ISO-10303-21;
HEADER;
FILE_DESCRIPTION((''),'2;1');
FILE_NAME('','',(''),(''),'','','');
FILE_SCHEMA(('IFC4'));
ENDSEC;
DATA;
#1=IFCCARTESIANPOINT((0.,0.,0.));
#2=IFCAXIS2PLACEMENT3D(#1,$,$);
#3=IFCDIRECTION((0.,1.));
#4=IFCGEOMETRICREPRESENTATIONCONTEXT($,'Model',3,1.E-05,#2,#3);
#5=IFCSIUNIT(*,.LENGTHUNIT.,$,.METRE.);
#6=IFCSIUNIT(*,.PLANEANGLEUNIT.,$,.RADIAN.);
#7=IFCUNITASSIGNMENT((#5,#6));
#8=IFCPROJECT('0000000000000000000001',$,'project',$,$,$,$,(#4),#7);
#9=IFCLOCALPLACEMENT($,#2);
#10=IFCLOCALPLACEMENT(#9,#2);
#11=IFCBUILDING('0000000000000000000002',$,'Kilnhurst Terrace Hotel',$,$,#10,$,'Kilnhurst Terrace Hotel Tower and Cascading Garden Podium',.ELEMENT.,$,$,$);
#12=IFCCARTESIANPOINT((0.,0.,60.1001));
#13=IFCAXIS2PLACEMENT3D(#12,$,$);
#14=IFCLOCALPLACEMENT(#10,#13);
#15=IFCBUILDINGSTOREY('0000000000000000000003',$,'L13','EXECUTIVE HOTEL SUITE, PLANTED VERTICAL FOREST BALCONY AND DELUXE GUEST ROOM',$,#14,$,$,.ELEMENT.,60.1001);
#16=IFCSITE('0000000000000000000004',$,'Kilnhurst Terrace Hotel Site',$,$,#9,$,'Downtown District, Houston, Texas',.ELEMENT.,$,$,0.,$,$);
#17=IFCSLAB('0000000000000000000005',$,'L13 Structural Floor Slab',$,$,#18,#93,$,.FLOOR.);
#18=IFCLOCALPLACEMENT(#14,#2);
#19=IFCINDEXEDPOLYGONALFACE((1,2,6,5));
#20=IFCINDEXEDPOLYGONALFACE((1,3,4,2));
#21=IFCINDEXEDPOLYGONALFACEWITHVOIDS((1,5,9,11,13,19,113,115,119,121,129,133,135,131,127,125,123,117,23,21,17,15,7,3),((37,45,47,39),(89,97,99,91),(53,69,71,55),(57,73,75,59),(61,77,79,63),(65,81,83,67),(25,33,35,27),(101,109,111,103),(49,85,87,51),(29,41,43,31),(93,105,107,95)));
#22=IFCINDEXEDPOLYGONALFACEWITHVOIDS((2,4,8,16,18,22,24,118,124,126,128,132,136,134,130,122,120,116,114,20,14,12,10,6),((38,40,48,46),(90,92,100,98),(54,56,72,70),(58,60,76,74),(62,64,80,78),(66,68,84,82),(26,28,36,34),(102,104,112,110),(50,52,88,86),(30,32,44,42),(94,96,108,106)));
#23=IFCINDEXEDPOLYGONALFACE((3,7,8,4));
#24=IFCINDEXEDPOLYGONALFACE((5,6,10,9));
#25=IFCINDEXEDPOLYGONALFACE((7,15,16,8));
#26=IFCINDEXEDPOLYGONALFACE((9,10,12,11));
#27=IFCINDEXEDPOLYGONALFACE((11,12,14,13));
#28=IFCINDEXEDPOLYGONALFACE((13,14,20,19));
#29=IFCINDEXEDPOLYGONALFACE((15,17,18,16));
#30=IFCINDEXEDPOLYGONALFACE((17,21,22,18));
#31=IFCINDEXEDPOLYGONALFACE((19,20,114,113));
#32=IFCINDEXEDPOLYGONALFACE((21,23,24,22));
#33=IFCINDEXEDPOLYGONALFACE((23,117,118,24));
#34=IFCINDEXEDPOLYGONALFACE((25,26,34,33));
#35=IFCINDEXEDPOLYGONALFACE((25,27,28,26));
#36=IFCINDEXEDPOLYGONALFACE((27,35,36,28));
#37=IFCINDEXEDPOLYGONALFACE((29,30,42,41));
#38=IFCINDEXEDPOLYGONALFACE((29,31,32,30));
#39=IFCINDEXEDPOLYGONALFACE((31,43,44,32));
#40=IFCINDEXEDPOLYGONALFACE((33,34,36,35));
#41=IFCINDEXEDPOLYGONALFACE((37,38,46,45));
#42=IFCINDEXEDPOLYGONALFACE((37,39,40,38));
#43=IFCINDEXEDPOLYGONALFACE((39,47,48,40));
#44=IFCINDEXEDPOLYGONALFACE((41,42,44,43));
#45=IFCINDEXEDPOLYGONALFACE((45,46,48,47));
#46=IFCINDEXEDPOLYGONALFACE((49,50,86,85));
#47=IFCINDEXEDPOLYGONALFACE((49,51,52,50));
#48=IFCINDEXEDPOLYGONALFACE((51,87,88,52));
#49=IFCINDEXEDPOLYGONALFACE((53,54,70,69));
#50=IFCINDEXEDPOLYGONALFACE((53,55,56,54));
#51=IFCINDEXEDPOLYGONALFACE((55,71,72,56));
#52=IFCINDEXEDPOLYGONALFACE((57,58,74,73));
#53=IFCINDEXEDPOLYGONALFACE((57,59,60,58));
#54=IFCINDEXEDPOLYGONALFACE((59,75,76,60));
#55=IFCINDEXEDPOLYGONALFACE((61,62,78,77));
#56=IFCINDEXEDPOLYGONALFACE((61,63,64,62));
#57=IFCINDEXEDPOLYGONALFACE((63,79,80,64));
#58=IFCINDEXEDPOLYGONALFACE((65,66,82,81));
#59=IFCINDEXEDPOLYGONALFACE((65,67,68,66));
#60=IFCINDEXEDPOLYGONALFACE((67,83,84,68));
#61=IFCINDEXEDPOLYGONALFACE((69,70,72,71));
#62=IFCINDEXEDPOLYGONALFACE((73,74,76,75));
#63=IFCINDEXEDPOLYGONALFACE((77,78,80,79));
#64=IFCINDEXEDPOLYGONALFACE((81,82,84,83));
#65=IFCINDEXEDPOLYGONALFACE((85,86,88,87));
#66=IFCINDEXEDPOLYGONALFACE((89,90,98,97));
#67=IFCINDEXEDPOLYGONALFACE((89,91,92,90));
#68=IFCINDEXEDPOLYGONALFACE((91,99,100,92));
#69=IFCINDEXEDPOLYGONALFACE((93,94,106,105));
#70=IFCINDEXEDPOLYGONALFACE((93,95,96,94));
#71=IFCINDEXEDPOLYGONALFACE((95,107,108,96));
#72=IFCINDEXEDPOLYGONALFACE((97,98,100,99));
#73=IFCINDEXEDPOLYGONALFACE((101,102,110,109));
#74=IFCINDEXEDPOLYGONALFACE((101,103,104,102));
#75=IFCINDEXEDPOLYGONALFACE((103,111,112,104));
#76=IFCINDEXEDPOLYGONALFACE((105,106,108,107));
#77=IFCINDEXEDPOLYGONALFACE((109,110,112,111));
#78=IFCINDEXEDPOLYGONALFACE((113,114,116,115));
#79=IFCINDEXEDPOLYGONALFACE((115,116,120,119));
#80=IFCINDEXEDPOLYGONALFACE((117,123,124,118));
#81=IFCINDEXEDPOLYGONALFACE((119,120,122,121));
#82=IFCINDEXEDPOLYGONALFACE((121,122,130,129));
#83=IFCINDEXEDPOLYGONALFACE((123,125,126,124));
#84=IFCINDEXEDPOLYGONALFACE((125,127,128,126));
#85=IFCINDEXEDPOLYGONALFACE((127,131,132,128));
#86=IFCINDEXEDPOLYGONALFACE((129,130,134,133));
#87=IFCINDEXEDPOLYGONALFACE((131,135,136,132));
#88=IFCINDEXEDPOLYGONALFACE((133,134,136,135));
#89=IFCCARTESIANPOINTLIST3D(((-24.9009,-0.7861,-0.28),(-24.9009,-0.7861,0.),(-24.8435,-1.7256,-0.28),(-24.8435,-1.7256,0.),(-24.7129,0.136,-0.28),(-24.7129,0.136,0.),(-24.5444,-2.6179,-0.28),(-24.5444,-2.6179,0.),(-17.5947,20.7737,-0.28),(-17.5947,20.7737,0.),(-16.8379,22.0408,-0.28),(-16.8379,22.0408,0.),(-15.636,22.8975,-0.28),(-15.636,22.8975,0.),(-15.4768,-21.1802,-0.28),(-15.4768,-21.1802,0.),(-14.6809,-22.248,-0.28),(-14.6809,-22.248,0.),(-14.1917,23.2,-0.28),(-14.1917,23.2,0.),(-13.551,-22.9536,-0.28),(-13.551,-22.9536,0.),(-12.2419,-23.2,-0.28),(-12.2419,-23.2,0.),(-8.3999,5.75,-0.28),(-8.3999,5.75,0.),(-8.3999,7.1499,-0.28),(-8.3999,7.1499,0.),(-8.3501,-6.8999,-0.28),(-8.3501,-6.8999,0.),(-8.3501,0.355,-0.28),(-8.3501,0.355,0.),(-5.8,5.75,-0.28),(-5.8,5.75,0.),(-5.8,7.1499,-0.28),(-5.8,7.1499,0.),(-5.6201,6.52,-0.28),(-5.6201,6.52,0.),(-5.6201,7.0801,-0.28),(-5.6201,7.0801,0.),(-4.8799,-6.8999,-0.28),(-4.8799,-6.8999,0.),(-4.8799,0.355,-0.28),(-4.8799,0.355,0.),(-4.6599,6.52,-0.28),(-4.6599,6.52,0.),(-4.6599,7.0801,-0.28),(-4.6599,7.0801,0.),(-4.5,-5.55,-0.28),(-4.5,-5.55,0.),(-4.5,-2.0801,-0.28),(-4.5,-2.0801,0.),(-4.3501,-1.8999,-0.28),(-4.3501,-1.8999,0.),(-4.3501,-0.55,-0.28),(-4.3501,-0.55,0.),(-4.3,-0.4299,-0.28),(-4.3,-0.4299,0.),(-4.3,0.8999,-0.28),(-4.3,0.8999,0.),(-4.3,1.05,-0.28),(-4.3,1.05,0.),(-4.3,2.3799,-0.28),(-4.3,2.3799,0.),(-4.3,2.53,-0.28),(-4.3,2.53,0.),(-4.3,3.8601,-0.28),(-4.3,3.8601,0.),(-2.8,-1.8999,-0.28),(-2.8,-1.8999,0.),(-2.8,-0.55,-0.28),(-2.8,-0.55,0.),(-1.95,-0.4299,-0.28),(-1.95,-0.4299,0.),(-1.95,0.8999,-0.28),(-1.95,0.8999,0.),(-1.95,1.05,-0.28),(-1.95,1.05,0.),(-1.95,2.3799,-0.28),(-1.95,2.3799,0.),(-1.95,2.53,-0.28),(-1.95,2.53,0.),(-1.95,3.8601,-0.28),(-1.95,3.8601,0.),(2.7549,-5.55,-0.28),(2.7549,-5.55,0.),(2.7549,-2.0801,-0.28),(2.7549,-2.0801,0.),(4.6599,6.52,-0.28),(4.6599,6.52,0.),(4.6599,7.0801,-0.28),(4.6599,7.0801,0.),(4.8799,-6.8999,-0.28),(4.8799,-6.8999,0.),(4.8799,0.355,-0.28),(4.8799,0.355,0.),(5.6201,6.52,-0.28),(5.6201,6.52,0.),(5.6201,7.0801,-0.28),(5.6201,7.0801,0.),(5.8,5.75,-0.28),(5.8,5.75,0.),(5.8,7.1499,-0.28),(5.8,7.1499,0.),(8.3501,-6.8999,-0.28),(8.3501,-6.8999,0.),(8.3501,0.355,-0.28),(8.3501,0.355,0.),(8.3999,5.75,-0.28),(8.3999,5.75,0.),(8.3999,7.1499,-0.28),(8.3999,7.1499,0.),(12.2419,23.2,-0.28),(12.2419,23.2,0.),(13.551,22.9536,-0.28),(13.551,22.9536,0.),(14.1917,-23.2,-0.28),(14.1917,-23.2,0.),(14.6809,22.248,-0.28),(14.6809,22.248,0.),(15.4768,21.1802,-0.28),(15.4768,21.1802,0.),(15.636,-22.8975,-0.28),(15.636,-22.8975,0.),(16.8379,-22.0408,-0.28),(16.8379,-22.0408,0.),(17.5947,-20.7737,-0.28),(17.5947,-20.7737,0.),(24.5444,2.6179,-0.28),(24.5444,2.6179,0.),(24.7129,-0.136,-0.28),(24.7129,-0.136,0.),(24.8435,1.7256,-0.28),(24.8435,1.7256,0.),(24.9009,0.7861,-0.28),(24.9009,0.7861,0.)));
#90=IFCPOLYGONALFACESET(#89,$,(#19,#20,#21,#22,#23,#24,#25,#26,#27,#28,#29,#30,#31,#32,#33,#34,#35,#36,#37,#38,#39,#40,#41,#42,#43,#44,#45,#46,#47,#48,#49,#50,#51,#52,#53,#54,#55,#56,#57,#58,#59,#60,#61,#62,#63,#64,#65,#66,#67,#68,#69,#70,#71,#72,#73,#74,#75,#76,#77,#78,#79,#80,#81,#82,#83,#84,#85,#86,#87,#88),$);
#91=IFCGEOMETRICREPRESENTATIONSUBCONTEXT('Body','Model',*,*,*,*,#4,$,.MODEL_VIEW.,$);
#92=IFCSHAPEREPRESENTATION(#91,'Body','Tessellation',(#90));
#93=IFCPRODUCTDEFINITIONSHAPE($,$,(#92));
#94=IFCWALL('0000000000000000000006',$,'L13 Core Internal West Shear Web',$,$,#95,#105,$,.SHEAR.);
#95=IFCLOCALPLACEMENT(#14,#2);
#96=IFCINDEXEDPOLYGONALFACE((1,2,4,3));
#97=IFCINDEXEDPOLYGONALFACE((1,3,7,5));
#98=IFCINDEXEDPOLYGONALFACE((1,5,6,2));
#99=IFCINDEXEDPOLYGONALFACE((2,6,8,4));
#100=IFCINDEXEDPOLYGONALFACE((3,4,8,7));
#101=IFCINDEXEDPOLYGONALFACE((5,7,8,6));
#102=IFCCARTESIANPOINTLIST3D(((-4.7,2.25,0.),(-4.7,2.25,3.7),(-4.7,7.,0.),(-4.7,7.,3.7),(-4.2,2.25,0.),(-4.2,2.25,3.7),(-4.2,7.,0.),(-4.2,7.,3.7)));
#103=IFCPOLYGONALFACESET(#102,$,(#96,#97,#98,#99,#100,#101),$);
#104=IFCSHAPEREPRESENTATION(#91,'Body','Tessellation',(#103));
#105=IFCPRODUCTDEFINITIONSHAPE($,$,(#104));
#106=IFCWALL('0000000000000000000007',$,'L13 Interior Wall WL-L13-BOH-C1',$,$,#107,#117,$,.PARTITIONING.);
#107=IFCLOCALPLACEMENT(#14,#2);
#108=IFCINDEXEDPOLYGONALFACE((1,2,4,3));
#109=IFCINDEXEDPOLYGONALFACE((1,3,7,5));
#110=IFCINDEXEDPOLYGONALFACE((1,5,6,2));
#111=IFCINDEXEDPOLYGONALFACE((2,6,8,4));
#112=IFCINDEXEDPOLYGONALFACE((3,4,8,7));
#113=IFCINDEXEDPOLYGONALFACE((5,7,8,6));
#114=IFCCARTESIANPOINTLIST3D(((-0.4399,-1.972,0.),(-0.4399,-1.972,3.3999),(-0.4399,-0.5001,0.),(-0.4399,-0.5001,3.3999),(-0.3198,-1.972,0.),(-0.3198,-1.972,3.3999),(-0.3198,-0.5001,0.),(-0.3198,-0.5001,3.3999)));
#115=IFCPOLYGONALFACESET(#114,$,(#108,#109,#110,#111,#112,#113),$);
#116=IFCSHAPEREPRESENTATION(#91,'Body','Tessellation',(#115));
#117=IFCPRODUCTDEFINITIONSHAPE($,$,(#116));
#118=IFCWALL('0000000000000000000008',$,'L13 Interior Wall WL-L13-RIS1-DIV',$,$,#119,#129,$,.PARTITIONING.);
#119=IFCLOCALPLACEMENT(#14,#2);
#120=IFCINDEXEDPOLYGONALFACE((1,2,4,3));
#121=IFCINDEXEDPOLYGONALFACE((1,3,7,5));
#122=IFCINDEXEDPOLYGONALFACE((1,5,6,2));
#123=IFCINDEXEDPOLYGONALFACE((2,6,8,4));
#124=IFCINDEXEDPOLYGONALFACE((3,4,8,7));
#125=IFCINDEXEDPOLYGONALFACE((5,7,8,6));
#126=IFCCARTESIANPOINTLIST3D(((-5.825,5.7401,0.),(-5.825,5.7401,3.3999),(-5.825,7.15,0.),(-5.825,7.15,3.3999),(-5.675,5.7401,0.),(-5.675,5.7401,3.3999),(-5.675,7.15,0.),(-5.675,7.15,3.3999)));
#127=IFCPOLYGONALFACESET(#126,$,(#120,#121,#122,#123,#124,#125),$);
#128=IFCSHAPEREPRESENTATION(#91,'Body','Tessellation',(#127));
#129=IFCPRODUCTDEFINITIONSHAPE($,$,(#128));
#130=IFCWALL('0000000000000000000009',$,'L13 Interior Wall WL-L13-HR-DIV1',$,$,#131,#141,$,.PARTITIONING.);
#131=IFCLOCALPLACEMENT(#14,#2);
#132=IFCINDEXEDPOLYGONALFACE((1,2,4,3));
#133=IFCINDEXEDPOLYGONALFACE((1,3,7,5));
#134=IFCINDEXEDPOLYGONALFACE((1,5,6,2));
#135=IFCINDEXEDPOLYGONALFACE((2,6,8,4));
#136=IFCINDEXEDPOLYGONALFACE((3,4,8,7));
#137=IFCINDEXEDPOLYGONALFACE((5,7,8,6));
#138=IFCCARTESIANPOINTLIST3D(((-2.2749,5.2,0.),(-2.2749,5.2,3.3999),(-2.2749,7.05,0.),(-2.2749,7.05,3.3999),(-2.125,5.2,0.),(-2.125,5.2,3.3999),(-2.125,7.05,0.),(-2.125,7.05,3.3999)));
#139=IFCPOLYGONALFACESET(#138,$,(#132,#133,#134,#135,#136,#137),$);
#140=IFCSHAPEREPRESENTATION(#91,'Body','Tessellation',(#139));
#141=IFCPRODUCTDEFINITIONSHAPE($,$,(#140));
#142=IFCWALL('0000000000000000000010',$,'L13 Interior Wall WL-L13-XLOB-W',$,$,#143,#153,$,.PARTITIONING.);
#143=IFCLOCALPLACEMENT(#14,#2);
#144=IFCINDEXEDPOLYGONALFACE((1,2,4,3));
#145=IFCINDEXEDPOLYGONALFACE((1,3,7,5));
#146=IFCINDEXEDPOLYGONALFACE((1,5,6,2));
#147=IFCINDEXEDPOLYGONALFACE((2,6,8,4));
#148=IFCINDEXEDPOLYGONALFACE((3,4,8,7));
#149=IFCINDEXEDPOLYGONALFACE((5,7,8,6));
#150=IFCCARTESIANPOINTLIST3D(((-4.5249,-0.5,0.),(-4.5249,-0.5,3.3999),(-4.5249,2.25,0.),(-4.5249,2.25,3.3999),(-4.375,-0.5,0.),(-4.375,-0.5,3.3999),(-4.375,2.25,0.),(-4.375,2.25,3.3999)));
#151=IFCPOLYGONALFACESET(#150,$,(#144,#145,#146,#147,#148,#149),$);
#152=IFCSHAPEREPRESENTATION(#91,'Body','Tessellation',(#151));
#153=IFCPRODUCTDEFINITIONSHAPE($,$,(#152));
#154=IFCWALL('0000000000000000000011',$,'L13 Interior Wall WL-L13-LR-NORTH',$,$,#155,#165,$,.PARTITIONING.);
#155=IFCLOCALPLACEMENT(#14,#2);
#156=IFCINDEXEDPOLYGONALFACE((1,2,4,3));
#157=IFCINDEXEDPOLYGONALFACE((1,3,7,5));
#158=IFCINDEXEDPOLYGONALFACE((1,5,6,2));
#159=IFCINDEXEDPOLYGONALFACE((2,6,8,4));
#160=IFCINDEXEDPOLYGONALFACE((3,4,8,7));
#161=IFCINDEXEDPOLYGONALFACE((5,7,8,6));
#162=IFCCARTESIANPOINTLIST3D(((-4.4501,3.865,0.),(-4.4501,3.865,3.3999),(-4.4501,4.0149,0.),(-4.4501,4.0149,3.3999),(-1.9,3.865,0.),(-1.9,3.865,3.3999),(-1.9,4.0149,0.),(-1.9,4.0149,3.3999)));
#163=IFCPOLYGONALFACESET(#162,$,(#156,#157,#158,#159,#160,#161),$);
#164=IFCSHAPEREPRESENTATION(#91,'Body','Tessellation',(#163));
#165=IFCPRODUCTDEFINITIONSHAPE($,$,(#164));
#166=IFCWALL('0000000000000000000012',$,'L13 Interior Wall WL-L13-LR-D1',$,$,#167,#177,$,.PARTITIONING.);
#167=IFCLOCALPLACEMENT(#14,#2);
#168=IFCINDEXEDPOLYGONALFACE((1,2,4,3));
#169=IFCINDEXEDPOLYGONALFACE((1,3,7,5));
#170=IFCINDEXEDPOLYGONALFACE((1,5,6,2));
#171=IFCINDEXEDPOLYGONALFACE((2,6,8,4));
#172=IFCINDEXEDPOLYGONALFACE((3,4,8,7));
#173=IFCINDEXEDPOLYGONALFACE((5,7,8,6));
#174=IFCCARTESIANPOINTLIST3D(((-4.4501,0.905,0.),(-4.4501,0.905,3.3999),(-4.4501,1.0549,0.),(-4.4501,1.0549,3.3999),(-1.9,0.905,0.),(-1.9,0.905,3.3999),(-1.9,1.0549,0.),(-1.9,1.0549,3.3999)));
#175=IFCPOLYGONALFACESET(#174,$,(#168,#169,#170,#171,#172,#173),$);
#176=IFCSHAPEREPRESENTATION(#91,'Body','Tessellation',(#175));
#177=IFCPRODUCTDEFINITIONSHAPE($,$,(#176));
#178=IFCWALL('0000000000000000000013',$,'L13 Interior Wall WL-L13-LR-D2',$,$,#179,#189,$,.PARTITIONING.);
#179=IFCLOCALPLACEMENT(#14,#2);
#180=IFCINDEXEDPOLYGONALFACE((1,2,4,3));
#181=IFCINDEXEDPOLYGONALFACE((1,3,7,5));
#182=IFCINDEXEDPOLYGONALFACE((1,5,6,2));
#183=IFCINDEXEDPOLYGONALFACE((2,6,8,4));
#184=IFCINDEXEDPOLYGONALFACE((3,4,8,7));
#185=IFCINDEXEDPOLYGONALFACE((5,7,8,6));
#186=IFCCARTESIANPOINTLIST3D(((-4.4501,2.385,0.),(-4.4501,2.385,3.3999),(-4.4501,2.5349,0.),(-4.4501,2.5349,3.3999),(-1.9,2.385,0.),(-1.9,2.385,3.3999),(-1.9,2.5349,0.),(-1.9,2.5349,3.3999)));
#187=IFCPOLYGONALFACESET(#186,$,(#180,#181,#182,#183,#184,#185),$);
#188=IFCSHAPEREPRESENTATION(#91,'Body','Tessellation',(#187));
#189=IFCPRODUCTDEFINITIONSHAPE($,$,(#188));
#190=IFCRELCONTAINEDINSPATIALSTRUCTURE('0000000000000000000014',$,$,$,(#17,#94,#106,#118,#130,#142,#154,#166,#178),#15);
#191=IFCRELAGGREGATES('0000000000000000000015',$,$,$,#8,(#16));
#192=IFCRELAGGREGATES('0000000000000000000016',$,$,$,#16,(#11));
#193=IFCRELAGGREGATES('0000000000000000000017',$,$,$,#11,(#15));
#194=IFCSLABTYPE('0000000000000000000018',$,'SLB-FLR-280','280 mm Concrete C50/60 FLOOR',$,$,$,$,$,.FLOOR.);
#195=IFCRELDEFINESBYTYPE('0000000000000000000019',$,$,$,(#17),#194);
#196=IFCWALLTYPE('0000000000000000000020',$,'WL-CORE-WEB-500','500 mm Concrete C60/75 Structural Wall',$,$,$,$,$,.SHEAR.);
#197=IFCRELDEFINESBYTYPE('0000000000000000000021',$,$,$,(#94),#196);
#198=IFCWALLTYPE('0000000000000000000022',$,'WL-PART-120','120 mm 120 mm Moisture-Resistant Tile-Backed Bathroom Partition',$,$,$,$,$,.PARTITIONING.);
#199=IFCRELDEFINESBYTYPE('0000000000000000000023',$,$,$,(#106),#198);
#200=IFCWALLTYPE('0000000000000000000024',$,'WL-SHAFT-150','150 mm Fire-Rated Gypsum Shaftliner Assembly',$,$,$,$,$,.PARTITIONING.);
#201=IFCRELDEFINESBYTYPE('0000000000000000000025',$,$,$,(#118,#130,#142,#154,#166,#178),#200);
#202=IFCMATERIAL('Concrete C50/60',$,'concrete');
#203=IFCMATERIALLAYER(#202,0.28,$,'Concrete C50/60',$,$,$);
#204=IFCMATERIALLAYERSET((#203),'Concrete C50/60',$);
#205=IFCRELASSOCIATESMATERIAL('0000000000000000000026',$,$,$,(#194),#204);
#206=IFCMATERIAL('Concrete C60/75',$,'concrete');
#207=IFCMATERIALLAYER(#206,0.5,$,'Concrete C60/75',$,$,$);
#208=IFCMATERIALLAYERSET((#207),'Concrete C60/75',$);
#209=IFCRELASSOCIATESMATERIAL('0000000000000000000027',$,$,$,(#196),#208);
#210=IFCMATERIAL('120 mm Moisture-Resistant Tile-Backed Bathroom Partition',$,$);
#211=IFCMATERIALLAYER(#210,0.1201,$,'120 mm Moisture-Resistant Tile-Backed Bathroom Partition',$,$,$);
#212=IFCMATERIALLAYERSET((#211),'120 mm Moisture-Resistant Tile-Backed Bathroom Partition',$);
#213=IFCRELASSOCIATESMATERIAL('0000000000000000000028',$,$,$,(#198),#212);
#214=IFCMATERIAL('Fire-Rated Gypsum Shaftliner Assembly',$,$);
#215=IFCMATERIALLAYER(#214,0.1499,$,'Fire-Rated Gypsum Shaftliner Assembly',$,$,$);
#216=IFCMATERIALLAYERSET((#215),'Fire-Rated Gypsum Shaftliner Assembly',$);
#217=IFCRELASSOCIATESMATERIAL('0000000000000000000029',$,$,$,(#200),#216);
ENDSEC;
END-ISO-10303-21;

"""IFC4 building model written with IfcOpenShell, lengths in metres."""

from ifc_helpers import new_model, si_unit, direction, frame, frame_2d, origin, place, context, subcontext, project, spatial, polyline, rectangle, outline, extrude, material, layer, layer_set, type_object, element, save


model = new_model("IFC4")

# Units and contexts
model_context = context("Model", 3, precision=1e-05, world=origin(), true_north=direction((0.0, 1.0)))
body_context = subcontext(model_context, "Body", "Model", "MODEL_VIEW")
ifc_project = project(units=[si_unit("LENGTHUNIT", "METRE"), si_unit("PLANEANGLEUNIT", "RADIAN")], contexts=[model_context])

# Site, building, storey
site_placement = place(None, origin())
site = spatial("IfcSite", under=ifc_project, at=site_placement, Name="Kilnhurst Terrace Hotel Site", LongName="Downtown District, Houston, Texas", CompositionType="ELEMENT", RefElevation=0.0)
building_placement = place(site_placement, origin())
building = spatial("IfcBuilding", under=site, at=building_placement, Name="Kilnhurst Terrace Hotel", LongName="Kilnhurst Terrace Hotel Tower and Cascading Garden Podium", CompositionType="ELEMENT")
storey_placement = place(building_placement, frame((0.0, 0.0, 60.1001)))
storey = spatial("IfcBuildingStorey", under=building, at=storey_placement, Name="L13", Description="EXECUTIVE HOTEL SUITE, PLANTED VERTICAL FOREST BALCONY AND DELUXE GUEST ROOM", CompositionType="ELEMENT", Elevation=60.1001)

# Slab
ifc_material_1 = material(Name="Concrete C50/60", Category="concrete")
ifc_layer_1 = layer(ifc_material_1, 0.28, Name="Concrete C50/60")
ifc_layer_set_1 = layer_set([ifc_layer_1], Name="Concrete C50/60")
slab_type = type_object("IfcSlabType", Name="SLB-FLR-280", Description="280 mm Concrete C50/60 FLOOR", PredefinedType="FLOOR", material=ifc_layer_set_1)
slab_placement = place(storey_placement, frame((0.0, 0.0, -0.28)))
element("IfcSlab", 1, at=slab_placement, inside=storey, type_object=slab_type, Name="L13 Structural Floor Slab", PredefinedType="FLOOR", context=body_context, shape_type="SweptSolid", body=[
    extrude(outline(polyline([(-15.4768, -21.1802), (-14.6809, -22.248), (-13.551, -22.9536), (-12.2419, -23.2), (14.1917, -23.2), (15.636, -22.8975), (16.8379, -22.0408), (17.5947, -20.7737), (24.7129, -0.136), (24.9009, 0.7861), (24.8435, 1.7256), (24.5444, 2.6179), (15.4768, 21.1802), (14.6809, 22.248), (13.551, 22.9536), (12.2419, 23.2), (-14.1917, 23.2), (-15.636, 22.8975), (-16.8379, 22.0408), (-17.5947, 20.7737), (-24.7129, 0.136), (-24.9009, -0.7861), (-24.8435, -1.7256), (-24.5444, -2.6179), (-15.4768, -21.1802)]), holes=[polyline([(-8.3501, 0.355), (-4.8799, 0.355), (-4.8799, -6.8999), (-8.3501, -6.8999), (-8.3501, 0.355)]), polyline([(-2.8, -1.8999), (-4.3501, -1.8999), (-4.3501, -0.55), (-2.8, -0.55), (-2.8, -1.8999)]), polyline([(-1.95, -0.4299), (-4.3, -0.4299), (-4.3, 0.8999), (-1.95, 0.8999), (-1.95, -0.4299)]), polyline([(-4.3, 1.05), (-4.3, 2.3799), (-1.95, 2.3799), (-1.95, 1.05), (-4.3, 1.05)]), polyline([(-8.3999, 5.75), (-8.3999, 7.1499), (-5.8, 7.1499), (-5.8, 5.75), (-8.3999, 5.75)]), polyline([(-4.6599, 6.52), (-5.6201, 6.52), (-5.6201, 7.0801), (-4.6599, 7.0801), (-4.6599, 6.52)]), polyline([(2.7549, -5.55), (-4.5, -5.55), (-4.5, -2.0801), (2.7549, -2.0801), (2.7549, -5.55)]), polyline([(8.3501, 0.355), (8.3501, -6.8999), (4.8799, -6.8999), (4.8799, 0.355), (8.3501, 0.355)]), polyline([(-1.95, 2.53), (-4.3, 2.53), (-4.3, 3.8601), (-1.95, 3.8601), (-1.95, 2.53)]), polyline([(5.8, 5.75), (5.8, 7.1499), (8.3999, 7.1499), (8.3999, 5.75), (5.8, 5.75)]), polyline([(4.6599, 6.52), (4.6599, 7.0801), (5.6201, 7.0801), (5.6201, 6.52), (4.6599, 6.52)])]), origin(), (0.0, 0.0, 1.0), 0.28),
])

# Walls
ifc_material_2 = material(Name="Concrete C60/75", Category="concrete")
ifc_layer_2 = layer(ifc_material_2, 0.5, Name="Concrete C60/75")
ifc_layer_set_2 = layer_set([ifc_layer_2], Name="Concrete C60/75")
wall_type_1 = type_object("IfcWallType", Name="WL-CORE-WEB-500", Description="500 mm Concrete C60/75 Structural Wall", PredefinedType="SHEAR", material=ifc_layer_set_2)
wall_1_placement = place(storey_placement, frame((-4.45, 2.25, 0.0), z_axis=(0.0, 0.0, 1.0), x_axis=(0.0, 1.0, 0.0)))
element("IfcWall", 2, at=wall_1_placement, inside=storey, type_object=wall_type_1, Name="L13 Core Internal West Shear Web", PredefinedType="SHEAR", context=body_context, shape_type="SweptSolid", body=[
    extrude(rectangle(XDim=4.75, YDim=0.5, at=frame_2d((2.375, 0.0))), origin(), (0.0, 0.0, 1.0), 3.7),
])
ifc_material_3 = material(Name="120 mm Moisture-Resistant Tile-Backed Bathroom Partition")
ifc_layer_3 = layer(ifc_material_3, 0.1201, Name="120 mm Moisture-Resistant Tile-Backed Bathroom Partition")
ifc_layer_set_3 = layer_set([ifc_layer_3], Name="120 mm Moisture-Resistant Tile-Backed Bathroom Partition")
wall_type_2 = type_object("IfcWallType", Name="WL-PART-120", Description="120 mm 120 mm Moisture-Resistant Tile-Backed Bathroom Partition", PredefinedType="PARTITIONING", material=ifc_layer_set_3)
wall_2_placement = place(storey_placement, frame((-0.3799, -1.9719, 0.0), z_axis=(0.0, 0.0, 1.0), x_axis=(0.0, 1.0, 0.0)))
element("IfcWall", 3, at=wall_2_placement, inside=storey, type_object=wall_type_2, Name="L13 Interior Wall WL-L13-BOH-C1", PredefinedType="PARTITIONING", context=body_context, shape_type="SweptSolid", body=[
    extrude(rectangle(XDim=1.4719, YDim=0.1201, at=frame_2d((0.7358, 0.0))), origin(), (0.0, 0.0, 1.0), 3.3999),
])
ifc_material_4 = material(Name="Fire-Rated Gypsum Shaftliner Assembly")
ifc_layer_4 = layer(ifc_material_4, 0.1499, Name="Fire-Rated Gypsum Shaftliner Assembly")
ifc_layer_set_4 = layer_set([ifc_layer_4], Name="Fire-Rated Gypsum Shaftliner Assembly")
wall_type_3 = type_object("IfcWallType", Name="WL-SHAFT-150", Description="150 mm Fire-Rated Gypsum Shaftliner Assembly", PredefinedType="PARTITIONING", material=ifc_layer_set_4)
wall_3_placement = place(storey_placement, frame((-5.75, 5.74, 0.0), z_axis=(0.0, 0.0, 1.0), x_axis=(0.0, 1.0, 0.0)))
element("IfcWall", 4, at=wall_3_placement, inside=storey, type_object=wall_type_3, Name="L13 Interior Wall WL-L13-RIS1-DIV", PredefinedType="PARTITIONING", context=body_context, shape_type="SweptSolid", body=[
    extrude(rectangle(XDim=1.4099, YDim=0.1499, at=frame_2d((0.7051, 0.0))), origin(), (0.0, 0.0, 1.0), 3.3999),
])
wall_4_placement = place(storey_placement, frame((-2.2, 5.2, 0.0), z_axis=(0.0, 0.0, 1.0), x_axis=(0.0, 1.0, 0.0)))
element("IfcWall", 5, at=wall_4_placement, inside=storey, type_object=wall_type_3, Name="L13 Interior Wall WL-L13-HR-DIV1", PredefinedType="PARTITIONING", context=body_context, shape_type="SweptSolid", body=[
    extrude(rectangle(XDim=1.8501, YDim=0.1499, at=frame_2d((0.925, 0.0))), origin(), (0.0, 0.0, 1.0), 3.3999),
])
wall_5_placement = place(storey_placement, frame((-4.45, -0.5, 0.0), z_axis=(0.0, 0.0, 1.0), x_axis=(0.0, 1.0, 0.0)))
element("IfcWall", 6, at=wall_5_placement, inside=storey, type_object=wall_type_3, Name="L13 Interior Wall WL-L13-XLOB-W", PredefinedType="PARTITIONING", context=body_context, shape_type="SweptSolid", body=[
    extrude(rectangle(XDim=2.75, YDim=0.1499, at=frame_2d((1.375, 0.0))), origin(), (0.0, 0.0, 1.0), 3.3999),
])
for number, where, z_axis, x_axis, name in (
    (7, (-4.45, 3.9399, 0.0), (0.0, 0.0, 1.0), (1.0, 0.0, 0.0), "L13 Interior Wall WL-L13-LR-NORTH"),
    (8, (-4.45, 0.98, 0.0), (0.0, 0.0, 1.0), (1.0, 0.0, 0.0), "L13 Interior Wall WL-L13-LR-D1"),
    (9, (-4.45, 2.46, 0.0), (0.0, 0.0, 1.0), (1.0, 0.0, 0.0), "L13 Interior Wall WL-L13-LR-D2"),
):
    element("IfcWall", number, at=place(storey_placement, frame(where, z_axis=z_axis, x_axis=x_axis)), inside=storey, type_object=wall_type_3, Name=name, PredefinedType="PARTITIONING", context=body_context, shape_type="SweptSolid", body=[
        extrude(rectangle(XDim=2.55, YDim=0.1499, at=frame_2d((1.2749, 0.0))), origin(), (0.0, 0.0, 1.0), 3.3999),
    ])

save(model, "model.ifc")
